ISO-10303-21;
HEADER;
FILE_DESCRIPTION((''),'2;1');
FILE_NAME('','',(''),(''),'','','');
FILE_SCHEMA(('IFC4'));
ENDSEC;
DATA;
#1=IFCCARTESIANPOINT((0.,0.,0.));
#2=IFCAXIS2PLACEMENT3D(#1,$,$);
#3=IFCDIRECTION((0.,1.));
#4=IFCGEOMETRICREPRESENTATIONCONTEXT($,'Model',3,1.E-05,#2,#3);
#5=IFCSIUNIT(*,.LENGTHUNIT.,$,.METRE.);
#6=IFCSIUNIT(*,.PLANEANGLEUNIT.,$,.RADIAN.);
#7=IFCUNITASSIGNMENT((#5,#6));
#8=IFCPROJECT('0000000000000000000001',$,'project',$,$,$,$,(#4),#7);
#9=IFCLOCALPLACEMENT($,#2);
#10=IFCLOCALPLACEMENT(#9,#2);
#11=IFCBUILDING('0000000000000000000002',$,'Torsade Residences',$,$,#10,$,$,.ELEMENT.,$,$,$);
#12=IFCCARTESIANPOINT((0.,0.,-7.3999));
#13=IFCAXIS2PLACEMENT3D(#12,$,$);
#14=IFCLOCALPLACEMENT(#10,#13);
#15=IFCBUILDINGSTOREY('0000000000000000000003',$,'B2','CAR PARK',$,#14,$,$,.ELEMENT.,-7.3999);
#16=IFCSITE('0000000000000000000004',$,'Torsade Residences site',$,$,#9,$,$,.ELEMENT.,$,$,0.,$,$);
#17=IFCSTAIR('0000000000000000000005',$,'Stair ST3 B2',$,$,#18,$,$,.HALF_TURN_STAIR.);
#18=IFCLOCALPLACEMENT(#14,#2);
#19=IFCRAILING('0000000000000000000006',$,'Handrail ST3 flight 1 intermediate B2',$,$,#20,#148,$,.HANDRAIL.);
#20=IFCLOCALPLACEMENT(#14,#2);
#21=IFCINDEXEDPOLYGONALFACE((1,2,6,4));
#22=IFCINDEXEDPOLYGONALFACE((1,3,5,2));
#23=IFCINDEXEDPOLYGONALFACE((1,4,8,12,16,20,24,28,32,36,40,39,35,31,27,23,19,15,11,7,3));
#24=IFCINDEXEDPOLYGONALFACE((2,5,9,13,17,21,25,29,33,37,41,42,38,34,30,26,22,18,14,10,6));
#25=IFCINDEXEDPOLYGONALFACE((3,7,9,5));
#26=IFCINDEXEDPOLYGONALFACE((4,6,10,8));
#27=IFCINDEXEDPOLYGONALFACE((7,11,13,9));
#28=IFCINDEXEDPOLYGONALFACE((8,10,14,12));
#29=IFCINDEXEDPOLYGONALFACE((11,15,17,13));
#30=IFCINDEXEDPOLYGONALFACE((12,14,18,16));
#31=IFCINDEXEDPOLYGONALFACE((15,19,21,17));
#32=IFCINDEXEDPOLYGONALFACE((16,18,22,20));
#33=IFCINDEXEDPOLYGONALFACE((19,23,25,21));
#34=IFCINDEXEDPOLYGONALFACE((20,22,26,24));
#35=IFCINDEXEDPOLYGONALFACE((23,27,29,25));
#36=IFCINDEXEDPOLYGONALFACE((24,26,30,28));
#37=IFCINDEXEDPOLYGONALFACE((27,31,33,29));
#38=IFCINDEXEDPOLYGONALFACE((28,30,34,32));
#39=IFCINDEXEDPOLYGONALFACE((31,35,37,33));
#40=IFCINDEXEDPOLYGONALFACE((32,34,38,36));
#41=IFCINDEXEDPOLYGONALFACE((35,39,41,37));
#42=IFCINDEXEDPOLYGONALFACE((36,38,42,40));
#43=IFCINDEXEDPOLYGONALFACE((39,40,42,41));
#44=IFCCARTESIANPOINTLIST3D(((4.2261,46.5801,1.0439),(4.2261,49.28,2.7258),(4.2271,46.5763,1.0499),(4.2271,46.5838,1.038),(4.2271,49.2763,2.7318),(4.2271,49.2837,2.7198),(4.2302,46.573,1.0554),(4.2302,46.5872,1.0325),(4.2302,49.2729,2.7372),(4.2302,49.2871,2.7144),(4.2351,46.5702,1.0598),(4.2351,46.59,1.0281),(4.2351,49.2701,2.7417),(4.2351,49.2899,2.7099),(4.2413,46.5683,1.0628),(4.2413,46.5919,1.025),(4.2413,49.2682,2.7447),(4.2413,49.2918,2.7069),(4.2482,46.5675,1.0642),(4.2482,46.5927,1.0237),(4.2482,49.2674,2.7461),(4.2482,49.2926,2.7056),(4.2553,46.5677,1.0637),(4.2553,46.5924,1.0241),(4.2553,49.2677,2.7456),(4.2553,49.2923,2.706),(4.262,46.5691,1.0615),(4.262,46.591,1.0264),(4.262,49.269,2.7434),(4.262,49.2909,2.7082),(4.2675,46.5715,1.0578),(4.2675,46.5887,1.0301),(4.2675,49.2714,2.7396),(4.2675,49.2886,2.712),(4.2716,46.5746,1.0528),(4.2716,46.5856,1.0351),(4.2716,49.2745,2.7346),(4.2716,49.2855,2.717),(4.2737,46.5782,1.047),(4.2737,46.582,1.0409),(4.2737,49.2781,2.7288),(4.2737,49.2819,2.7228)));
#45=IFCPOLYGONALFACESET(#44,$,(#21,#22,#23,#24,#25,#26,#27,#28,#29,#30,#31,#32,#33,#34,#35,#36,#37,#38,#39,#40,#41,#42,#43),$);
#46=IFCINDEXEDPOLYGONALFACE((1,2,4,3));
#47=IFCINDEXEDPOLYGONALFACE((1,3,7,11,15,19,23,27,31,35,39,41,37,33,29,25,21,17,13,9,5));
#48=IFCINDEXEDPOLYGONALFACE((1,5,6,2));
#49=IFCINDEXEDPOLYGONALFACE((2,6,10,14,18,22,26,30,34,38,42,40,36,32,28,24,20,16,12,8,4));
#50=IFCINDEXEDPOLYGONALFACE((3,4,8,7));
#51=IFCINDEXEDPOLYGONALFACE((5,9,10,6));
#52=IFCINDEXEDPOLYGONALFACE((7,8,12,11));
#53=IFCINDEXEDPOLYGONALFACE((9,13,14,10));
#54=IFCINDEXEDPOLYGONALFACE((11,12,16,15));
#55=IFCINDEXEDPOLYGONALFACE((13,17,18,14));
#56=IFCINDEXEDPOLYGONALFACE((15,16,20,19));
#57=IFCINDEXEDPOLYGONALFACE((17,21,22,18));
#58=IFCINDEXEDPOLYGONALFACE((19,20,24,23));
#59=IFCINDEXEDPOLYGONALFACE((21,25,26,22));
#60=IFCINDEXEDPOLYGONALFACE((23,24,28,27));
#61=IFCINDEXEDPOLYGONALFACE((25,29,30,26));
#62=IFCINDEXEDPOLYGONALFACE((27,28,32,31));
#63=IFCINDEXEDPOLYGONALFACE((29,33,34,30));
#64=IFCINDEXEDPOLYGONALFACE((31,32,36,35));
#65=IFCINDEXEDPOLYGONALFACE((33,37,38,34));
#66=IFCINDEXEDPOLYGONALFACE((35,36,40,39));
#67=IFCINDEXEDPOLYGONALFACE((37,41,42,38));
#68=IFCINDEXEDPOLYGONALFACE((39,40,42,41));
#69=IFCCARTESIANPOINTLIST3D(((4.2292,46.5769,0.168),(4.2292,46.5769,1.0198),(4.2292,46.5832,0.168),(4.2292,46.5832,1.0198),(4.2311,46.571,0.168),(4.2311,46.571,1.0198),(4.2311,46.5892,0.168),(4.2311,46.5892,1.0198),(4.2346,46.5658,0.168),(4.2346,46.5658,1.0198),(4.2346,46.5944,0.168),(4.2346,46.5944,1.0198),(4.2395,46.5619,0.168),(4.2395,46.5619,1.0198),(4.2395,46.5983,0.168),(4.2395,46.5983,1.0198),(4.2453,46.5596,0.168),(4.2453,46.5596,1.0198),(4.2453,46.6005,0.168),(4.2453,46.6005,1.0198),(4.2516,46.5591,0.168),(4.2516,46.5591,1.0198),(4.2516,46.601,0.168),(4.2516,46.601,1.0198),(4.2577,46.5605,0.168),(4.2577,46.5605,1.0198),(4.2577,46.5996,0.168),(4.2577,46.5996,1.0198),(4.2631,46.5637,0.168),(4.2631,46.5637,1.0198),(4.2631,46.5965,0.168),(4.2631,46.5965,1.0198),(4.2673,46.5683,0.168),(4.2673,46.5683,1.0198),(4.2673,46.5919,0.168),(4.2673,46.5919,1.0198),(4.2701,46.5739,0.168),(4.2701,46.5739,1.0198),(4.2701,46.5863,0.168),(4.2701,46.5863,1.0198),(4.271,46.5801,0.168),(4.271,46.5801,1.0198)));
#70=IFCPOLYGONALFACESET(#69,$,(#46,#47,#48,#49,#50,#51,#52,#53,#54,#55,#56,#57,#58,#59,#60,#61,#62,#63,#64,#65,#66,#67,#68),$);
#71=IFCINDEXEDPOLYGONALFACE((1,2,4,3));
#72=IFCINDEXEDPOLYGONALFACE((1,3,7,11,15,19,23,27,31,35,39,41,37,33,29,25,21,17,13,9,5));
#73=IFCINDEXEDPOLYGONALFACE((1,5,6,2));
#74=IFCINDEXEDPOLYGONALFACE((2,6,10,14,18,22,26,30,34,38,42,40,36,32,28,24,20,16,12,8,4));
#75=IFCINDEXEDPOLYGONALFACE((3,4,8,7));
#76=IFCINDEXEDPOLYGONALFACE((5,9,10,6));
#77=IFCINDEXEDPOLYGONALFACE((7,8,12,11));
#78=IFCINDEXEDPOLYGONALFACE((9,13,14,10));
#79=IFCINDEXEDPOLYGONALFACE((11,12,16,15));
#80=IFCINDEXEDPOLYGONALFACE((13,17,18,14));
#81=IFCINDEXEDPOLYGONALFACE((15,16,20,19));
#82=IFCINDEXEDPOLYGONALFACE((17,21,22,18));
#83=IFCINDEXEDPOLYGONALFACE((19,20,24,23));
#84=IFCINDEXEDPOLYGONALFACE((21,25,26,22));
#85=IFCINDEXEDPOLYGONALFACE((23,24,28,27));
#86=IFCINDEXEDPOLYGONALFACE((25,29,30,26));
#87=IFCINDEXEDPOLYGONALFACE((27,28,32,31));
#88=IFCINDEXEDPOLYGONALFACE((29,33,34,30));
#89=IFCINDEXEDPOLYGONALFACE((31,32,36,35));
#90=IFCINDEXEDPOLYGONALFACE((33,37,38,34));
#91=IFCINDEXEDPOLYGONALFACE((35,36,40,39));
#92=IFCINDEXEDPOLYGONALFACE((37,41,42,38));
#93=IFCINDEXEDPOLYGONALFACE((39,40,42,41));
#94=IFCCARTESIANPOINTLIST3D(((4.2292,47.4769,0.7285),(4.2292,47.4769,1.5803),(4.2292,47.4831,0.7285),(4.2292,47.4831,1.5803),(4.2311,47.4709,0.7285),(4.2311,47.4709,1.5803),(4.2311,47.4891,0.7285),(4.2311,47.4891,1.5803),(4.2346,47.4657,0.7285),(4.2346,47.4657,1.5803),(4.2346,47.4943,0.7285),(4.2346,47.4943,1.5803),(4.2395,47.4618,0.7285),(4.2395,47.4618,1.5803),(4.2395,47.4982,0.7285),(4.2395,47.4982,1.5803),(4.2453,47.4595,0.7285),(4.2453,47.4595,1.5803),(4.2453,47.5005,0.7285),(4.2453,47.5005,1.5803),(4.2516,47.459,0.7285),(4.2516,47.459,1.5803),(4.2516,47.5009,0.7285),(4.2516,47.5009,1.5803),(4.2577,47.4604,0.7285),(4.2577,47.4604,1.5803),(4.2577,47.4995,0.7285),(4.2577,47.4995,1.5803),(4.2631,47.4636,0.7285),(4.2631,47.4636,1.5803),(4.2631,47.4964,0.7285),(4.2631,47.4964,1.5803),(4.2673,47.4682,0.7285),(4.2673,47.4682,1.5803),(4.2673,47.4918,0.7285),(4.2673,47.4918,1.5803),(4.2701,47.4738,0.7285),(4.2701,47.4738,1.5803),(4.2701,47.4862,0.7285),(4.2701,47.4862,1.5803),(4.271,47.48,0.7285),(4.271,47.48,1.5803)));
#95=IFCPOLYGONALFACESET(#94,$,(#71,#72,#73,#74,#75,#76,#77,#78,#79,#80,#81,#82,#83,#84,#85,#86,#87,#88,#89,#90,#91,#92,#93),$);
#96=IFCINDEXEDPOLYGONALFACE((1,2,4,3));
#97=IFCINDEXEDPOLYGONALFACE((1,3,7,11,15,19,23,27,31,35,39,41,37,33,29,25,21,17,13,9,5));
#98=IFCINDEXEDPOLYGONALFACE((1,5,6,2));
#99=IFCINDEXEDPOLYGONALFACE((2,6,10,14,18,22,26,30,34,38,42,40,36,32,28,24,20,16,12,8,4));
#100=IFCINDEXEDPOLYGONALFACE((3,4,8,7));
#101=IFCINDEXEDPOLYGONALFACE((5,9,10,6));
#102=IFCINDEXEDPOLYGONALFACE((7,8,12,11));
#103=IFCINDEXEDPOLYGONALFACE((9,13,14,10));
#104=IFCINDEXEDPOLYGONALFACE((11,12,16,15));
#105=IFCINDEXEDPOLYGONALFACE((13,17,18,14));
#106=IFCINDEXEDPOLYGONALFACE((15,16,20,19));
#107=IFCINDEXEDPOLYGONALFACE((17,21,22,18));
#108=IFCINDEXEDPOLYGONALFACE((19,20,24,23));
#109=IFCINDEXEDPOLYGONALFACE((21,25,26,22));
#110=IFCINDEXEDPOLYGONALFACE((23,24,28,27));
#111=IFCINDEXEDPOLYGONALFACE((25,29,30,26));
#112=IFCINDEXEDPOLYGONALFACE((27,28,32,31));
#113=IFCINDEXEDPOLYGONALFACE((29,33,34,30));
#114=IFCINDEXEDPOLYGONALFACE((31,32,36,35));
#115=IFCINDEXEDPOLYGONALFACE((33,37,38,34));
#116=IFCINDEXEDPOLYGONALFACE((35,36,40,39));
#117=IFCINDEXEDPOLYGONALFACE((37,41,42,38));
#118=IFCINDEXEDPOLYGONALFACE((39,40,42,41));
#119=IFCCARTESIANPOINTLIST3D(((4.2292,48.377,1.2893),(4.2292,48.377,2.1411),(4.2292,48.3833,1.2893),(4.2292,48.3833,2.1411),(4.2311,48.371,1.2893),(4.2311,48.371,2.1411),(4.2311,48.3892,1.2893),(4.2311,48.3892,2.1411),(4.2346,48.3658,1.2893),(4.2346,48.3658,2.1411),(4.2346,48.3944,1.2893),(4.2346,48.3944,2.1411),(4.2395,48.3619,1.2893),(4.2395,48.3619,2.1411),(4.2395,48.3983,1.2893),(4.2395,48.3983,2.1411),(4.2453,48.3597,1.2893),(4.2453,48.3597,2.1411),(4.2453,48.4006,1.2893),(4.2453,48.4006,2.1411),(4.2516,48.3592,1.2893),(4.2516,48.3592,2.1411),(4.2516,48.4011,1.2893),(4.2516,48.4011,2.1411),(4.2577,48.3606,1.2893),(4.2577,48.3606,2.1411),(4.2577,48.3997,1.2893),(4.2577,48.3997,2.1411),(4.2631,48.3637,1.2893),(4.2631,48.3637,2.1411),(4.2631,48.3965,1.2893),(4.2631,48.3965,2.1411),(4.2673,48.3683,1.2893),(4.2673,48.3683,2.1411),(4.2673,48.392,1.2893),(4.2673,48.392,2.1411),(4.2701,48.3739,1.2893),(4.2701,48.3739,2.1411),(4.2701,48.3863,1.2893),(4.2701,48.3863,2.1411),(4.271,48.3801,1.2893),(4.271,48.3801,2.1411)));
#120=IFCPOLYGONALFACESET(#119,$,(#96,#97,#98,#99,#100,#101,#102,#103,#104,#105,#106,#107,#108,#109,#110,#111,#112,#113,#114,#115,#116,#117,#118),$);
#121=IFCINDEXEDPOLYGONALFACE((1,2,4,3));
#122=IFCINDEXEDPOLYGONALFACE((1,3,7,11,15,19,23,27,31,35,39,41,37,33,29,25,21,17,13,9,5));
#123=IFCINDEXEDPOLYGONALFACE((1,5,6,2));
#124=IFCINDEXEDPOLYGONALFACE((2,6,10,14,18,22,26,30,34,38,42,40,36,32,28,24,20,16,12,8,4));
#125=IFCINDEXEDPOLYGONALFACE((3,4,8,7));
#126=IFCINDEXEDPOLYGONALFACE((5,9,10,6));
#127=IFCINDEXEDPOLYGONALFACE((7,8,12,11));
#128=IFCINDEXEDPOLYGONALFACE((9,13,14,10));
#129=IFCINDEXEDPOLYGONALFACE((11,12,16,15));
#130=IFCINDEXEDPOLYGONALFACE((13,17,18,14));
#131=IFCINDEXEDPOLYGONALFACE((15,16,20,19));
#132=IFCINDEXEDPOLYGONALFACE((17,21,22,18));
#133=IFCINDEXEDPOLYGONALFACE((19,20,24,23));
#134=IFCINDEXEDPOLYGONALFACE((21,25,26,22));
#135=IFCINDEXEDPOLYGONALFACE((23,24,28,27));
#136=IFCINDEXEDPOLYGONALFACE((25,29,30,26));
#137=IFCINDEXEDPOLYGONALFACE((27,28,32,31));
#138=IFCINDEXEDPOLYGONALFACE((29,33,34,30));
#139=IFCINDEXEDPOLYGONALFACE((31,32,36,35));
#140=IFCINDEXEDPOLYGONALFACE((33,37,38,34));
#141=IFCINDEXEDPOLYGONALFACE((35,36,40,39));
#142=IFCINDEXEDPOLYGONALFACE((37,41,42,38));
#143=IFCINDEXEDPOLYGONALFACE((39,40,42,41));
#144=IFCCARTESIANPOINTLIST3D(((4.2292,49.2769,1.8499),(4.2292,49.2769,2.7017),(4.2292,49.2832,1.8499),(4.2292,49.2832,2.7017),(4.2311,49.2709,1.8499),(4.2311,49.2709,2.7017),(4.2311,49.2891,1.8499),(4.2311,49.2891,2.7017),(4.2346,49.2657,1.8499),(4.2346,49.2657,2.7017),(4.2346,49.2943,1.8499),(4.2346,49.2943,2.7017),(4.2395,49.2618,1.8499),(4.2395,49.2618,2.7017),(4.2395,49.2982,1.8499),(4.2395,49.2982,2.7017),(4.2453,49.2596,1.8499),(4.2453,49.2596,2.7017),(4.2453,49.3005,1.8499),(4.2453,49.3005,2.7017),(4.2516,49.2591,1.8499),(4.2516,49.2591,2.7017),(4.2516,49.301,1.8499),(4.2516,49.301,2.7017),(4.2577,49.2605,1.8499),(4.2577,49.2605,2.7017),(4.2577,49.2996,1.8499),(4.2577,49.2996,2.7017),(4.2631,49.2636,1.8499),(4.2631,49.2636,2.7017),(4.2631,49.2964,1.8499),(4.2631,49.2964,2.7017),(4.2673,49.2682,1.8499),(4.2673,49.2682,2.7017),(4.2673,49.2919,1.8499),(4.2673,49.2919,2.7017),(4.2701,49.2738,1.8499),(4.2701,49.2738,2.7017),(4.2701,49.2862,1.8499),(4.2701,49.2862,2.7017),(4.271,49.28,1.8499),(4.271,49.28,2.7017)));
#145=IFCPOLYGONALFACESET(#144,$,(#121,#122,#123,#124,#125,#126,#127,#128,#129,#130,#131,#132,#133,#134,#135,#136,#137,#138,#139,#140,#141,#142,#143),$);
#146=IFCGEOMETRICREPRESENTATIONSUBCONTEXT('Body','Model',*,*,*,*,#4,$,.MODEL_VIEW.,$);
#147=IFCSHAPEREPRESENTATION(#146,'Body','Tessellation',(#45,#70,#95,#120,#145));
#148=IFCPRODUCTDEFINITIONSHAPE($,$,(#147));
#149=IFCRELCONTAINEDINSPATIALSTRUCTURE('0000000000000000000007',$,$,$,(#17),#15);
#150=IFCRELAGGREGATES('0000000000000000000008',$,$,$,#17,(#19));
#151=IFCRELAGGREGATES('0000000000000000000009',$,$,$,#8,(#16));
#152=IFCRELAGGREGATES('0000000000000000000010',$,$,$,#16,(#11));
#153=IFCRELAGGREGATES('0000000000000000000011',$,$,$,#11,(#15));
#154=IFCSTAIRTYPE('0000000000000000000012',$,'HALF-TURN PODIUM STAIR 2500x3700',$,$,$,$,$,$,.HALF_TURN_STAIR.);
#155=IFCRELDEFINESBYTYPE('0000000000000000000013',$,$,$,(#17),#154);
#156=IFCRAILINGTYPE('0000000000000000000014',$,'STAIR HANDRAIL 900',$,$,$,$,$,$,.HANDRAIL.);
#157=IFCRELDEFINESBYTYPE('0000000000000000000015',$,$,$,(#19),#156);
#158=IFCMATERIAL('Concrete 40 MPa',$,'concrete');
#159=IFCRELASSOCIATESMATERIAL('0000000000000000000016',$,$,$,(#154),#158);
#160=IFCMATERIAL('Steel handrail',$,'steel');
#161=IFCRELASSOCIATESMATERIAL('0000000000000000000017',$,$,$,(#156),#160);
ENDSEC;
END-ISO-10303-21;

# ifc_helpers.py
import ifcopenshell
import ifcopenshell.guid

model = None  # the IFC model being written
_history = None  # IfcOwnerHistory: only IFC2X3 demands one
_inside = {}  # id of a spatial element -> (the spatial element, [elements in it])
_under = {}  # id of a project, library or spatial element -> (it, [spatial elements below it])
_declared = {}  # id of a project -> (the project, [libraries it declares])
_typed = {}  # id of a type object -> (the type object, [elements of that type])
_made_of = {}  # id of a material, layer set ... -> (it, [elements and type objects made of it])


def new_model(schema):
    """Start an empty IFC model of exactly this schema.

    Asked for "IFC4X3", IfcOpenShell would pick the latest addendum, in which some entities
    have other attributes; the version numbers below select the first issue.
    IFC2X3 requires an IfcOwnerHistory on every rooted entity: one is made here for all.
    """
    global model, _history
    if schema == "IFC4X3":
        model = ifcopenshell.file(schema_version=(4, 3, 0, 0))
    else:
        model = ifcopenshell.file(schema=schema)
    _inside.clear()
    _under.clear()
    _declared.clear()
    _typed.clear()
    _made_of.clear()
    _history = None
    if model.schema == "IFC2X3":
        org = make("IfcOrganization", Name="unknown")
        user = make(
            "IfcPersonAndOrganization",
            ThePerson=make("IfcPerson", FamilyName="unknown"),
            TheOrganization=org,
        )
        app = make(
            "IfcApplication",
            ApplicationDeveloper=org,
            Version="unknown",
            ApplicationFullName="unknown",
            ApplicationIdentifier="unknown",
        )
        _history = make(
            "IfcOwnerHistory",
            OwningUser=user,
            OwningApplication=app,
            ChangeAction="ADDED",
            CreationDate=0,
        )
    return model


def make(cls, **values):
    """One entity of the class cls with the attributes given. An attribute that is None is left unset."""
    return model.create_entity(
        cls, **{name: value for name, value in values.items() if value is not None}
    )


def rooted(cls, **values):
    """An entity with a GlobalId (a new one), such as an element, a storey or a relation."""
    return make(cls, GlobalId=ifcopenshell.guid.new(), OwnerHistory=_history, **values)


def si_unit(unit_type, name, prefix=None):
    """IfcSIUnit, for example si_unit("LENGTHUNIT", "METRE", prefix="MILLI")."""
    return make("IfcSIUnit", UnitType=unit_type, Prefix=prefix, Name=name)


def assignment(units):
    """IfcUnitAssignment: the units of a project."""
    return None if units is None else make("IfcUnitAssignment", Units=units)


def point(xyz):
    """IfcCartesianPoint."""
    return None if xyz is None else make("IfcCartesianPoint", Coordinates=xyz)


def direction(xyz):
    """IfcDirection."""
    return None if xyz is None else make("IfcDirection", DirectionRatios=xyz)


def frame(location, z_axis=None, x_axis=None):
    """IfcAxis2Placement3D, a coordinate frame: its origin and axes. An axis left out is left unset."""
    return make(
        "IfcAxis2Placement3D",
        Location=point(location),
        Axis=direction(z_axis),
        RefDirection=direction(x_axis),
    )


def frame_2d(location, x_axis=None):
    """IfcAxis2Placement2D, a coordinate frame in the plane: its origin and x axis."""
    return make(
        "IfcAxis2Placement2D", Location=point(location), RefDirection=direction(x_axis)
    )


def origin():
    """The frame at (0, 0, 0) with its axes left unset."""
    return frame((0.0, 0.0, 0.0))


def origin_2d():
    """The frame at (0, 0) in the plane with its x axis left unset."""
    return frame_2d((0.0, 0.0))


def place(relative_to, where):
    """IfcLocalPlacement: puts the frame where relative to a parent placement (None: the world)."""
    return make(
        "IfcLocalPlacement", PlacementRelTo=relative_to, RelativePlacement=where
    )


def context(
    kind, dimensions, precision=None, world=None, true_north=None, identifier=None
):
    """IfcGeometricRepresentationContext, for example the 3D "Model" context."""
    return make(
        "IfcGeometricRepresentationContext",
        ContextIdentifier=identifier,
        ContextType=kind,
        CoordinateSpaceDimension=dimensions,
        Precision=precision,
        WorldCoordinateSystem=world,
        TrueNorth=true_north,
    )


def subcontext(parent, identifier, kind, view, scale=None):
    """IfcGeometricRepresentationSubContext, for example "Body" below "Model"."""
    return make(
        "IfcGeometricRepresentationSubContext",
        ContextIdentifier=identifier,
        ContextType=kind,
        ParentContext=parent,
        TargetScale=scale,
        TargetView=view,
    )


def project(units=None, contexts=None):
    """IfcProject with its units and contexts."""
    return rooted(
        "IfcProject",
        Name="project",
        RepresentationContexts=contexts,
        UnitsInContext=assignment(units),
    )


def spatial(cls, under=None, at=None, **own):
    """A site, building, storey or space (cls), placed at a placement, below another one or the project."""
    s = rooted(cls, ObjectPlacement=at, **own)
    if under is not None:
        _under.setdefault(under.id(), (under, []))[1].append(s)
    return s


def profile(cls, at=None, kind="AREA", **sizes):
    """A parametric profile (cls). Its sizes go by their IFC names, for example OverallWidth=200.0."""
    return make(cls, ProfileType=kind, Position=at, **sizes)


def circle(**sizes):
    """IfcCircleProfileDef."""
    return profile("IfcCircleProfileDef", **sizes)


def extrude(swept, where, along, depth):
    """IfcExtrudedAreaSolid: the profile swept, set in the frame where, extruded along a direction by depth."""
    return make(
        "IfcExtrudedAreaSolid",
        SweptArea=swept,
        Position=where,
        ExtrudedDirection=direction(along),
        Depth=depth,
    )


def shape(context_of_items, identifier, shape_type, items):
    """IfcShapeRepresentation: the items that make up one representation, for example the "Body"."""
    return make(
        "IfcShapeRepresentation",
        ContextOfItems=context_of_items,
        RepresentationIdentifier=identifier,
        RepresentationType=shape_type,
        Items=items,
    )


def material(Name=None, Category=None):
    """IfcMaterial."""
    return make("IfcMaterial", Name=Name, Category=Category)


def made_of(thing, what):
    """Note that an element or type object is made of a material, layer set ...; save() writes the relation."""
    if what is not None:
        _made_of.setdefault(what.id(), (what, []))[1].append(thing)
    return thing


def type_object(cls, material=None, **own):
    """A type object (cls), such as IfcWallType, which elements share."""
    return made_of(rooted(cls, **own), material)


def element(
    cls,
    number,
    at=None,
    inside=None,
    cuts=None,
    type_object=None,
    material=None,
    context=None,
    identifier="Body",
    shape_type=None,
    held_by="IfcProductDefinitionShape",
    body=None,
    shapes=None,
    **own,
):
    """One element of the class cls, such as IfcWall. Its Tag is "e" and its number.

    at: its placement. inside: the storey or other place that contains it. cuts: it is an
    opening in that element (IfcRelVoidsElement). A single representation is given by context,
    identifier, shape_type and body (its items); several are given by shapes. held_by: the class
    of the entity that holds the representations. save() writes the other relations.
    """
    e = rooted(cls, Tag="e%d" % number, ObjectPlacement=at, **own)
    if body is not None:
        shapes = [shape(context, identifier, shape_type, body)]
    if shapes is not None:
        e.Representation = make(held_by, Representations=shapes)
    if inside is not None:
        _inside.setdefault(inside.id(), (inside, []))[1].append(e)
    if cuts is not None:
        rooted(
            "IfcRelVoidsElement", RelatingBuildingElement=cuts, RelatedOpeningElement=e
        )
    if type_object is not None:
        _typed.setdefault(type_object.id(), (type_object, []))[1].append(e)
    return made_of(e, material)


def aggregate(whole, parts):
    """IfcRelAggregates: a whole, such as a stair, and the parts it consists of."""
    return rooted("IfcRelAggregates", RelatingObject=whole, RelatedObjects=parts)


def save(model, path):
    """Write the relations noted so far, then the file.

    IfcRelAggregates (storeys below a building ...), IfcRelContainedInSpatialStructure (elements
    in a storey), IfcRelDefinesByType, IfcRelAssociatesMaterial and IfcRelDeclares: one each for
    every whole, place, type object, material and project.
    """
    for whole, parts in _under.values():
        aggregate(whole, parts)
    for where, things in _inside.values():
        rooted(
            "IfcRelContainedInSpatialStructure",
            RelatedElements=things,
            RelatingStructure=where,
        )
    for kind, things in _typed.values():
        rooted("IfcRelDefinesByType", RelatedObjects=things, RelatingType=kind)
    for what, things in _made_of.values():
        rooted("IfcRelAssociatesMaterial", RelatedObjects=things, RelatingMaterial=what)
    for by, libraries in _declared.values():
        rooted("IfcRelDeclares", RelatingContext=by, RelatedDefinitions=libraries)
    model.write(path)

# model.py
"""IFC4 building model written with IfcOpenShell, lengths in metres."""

from ifc_helpers import new_model, si_unit, direction, frame, origin, origin_2d, place, context, subcontext, project, spatial, circle, extrude, material, type_object, element, aggregate, save


model = new_model("IFC4")

# Units and contexts
model_context = context("Model", 3, precision=1e-05, world=origin(), true_north=direction((0.0, 1.0)))
body_context = subcontext(model_context, "Body", "Model", "MODEL_VIEW")
ifc_project = project(units=[si_unit("LENGTHUNIT", "METRE"), si_unit("PLANEANGLEUNIT", "RADIAN")], contexts=[model_context])

# Site, building, storey
site_placement = place(None, origin())
site = spatial("IfcSite", under=ifc_project, at=site_placement, Name="Torsade Residences site", CompositionType="ELEMENT", RefElevation=0.0)
building_placement = place(site_placement, origin())
building = spatial("IfcBuilding", under=site, at=building_placement, Name="Torsade Residences", CompositionType="ELEMENT")
storey_placement = place(building_placement, frame((0.0, 0.0, -7.3999)))
storey = spatial("IfcBuildingStorey", under=building, at=storey_placement, Name="B2", Description="CAR PARK", CompositionType="ELEMENT", Elevation=-7.3999)

# Stair, railing
ifc_material_1 = material(Name="Concrete 40 MPa", Category="concrete")
stair_type = type_object("IfcStairType", Name="HALF-TURN PODIUM STAIR 2500x3700", PredefinedType="HALF_TURN_STAIR", material=ifc_material_1)
stair_placement = place(storey_placement, origin())
stair = element("IfcStair", 1, at=stair_placement, inside=storey, type_object=stair_type, Name="Stair ST3 B2", PredefinedType="HALF_TURN_STAIR")
ifc_material_2 = material(Name="Steel handrail", Category="steel")
railing_type = type_object("IfcRailingType", Name="STAIR HANDRAIL 900", PredefinedType="HANDRAIL", material=ifc_material_2)
railing_1_placement = place(storey_placement, frame((4.25, 46.5801, 0.168)))
railing_1 = element("IfcRailing", 2, at=railing_1_placement, type_object=railing_type, Name="Handrail ST3 flight 1 intermediate B2", PredefinedType="HANDRAIL", context=body_context, shape_type="SweptSolid", body=[
    extrude(circle(Radius=0.0239, at=origin_2d()), frame((0.0, 0.0, 0.876), z_axis=(0.0, 0.848786, 0.528736), x_axis=(-1.0, 0.0, 0.0)), (0.0, 0.0, 1.0), 3.1809),
    extrude(circle(Radius=0.021, at=origin_2d()), origin(), (0.0, 0.0, 1.0), 0.8518),
    extrude(circle(Radius=0.021, at=origin_2d()), frame((0.0, 0.8999, 0.5605)), (0.0, 0.0, 1.0), 0.8518),
    extrude(circle(Radius=0.021, at=origin_2d()), frame((0.0, 1.8, 1.1213)), (0.0, 0.0, 1.0), 0.8518),
    extrude(circle(Radius=0.021, at=origin_2d()), frame((0.0, 2.7, 1.6819)), (0.0, 0.0, 1.0), 0.8518),
])
aggregate(stair, [railing_1])

save(model, "model.ifc")
